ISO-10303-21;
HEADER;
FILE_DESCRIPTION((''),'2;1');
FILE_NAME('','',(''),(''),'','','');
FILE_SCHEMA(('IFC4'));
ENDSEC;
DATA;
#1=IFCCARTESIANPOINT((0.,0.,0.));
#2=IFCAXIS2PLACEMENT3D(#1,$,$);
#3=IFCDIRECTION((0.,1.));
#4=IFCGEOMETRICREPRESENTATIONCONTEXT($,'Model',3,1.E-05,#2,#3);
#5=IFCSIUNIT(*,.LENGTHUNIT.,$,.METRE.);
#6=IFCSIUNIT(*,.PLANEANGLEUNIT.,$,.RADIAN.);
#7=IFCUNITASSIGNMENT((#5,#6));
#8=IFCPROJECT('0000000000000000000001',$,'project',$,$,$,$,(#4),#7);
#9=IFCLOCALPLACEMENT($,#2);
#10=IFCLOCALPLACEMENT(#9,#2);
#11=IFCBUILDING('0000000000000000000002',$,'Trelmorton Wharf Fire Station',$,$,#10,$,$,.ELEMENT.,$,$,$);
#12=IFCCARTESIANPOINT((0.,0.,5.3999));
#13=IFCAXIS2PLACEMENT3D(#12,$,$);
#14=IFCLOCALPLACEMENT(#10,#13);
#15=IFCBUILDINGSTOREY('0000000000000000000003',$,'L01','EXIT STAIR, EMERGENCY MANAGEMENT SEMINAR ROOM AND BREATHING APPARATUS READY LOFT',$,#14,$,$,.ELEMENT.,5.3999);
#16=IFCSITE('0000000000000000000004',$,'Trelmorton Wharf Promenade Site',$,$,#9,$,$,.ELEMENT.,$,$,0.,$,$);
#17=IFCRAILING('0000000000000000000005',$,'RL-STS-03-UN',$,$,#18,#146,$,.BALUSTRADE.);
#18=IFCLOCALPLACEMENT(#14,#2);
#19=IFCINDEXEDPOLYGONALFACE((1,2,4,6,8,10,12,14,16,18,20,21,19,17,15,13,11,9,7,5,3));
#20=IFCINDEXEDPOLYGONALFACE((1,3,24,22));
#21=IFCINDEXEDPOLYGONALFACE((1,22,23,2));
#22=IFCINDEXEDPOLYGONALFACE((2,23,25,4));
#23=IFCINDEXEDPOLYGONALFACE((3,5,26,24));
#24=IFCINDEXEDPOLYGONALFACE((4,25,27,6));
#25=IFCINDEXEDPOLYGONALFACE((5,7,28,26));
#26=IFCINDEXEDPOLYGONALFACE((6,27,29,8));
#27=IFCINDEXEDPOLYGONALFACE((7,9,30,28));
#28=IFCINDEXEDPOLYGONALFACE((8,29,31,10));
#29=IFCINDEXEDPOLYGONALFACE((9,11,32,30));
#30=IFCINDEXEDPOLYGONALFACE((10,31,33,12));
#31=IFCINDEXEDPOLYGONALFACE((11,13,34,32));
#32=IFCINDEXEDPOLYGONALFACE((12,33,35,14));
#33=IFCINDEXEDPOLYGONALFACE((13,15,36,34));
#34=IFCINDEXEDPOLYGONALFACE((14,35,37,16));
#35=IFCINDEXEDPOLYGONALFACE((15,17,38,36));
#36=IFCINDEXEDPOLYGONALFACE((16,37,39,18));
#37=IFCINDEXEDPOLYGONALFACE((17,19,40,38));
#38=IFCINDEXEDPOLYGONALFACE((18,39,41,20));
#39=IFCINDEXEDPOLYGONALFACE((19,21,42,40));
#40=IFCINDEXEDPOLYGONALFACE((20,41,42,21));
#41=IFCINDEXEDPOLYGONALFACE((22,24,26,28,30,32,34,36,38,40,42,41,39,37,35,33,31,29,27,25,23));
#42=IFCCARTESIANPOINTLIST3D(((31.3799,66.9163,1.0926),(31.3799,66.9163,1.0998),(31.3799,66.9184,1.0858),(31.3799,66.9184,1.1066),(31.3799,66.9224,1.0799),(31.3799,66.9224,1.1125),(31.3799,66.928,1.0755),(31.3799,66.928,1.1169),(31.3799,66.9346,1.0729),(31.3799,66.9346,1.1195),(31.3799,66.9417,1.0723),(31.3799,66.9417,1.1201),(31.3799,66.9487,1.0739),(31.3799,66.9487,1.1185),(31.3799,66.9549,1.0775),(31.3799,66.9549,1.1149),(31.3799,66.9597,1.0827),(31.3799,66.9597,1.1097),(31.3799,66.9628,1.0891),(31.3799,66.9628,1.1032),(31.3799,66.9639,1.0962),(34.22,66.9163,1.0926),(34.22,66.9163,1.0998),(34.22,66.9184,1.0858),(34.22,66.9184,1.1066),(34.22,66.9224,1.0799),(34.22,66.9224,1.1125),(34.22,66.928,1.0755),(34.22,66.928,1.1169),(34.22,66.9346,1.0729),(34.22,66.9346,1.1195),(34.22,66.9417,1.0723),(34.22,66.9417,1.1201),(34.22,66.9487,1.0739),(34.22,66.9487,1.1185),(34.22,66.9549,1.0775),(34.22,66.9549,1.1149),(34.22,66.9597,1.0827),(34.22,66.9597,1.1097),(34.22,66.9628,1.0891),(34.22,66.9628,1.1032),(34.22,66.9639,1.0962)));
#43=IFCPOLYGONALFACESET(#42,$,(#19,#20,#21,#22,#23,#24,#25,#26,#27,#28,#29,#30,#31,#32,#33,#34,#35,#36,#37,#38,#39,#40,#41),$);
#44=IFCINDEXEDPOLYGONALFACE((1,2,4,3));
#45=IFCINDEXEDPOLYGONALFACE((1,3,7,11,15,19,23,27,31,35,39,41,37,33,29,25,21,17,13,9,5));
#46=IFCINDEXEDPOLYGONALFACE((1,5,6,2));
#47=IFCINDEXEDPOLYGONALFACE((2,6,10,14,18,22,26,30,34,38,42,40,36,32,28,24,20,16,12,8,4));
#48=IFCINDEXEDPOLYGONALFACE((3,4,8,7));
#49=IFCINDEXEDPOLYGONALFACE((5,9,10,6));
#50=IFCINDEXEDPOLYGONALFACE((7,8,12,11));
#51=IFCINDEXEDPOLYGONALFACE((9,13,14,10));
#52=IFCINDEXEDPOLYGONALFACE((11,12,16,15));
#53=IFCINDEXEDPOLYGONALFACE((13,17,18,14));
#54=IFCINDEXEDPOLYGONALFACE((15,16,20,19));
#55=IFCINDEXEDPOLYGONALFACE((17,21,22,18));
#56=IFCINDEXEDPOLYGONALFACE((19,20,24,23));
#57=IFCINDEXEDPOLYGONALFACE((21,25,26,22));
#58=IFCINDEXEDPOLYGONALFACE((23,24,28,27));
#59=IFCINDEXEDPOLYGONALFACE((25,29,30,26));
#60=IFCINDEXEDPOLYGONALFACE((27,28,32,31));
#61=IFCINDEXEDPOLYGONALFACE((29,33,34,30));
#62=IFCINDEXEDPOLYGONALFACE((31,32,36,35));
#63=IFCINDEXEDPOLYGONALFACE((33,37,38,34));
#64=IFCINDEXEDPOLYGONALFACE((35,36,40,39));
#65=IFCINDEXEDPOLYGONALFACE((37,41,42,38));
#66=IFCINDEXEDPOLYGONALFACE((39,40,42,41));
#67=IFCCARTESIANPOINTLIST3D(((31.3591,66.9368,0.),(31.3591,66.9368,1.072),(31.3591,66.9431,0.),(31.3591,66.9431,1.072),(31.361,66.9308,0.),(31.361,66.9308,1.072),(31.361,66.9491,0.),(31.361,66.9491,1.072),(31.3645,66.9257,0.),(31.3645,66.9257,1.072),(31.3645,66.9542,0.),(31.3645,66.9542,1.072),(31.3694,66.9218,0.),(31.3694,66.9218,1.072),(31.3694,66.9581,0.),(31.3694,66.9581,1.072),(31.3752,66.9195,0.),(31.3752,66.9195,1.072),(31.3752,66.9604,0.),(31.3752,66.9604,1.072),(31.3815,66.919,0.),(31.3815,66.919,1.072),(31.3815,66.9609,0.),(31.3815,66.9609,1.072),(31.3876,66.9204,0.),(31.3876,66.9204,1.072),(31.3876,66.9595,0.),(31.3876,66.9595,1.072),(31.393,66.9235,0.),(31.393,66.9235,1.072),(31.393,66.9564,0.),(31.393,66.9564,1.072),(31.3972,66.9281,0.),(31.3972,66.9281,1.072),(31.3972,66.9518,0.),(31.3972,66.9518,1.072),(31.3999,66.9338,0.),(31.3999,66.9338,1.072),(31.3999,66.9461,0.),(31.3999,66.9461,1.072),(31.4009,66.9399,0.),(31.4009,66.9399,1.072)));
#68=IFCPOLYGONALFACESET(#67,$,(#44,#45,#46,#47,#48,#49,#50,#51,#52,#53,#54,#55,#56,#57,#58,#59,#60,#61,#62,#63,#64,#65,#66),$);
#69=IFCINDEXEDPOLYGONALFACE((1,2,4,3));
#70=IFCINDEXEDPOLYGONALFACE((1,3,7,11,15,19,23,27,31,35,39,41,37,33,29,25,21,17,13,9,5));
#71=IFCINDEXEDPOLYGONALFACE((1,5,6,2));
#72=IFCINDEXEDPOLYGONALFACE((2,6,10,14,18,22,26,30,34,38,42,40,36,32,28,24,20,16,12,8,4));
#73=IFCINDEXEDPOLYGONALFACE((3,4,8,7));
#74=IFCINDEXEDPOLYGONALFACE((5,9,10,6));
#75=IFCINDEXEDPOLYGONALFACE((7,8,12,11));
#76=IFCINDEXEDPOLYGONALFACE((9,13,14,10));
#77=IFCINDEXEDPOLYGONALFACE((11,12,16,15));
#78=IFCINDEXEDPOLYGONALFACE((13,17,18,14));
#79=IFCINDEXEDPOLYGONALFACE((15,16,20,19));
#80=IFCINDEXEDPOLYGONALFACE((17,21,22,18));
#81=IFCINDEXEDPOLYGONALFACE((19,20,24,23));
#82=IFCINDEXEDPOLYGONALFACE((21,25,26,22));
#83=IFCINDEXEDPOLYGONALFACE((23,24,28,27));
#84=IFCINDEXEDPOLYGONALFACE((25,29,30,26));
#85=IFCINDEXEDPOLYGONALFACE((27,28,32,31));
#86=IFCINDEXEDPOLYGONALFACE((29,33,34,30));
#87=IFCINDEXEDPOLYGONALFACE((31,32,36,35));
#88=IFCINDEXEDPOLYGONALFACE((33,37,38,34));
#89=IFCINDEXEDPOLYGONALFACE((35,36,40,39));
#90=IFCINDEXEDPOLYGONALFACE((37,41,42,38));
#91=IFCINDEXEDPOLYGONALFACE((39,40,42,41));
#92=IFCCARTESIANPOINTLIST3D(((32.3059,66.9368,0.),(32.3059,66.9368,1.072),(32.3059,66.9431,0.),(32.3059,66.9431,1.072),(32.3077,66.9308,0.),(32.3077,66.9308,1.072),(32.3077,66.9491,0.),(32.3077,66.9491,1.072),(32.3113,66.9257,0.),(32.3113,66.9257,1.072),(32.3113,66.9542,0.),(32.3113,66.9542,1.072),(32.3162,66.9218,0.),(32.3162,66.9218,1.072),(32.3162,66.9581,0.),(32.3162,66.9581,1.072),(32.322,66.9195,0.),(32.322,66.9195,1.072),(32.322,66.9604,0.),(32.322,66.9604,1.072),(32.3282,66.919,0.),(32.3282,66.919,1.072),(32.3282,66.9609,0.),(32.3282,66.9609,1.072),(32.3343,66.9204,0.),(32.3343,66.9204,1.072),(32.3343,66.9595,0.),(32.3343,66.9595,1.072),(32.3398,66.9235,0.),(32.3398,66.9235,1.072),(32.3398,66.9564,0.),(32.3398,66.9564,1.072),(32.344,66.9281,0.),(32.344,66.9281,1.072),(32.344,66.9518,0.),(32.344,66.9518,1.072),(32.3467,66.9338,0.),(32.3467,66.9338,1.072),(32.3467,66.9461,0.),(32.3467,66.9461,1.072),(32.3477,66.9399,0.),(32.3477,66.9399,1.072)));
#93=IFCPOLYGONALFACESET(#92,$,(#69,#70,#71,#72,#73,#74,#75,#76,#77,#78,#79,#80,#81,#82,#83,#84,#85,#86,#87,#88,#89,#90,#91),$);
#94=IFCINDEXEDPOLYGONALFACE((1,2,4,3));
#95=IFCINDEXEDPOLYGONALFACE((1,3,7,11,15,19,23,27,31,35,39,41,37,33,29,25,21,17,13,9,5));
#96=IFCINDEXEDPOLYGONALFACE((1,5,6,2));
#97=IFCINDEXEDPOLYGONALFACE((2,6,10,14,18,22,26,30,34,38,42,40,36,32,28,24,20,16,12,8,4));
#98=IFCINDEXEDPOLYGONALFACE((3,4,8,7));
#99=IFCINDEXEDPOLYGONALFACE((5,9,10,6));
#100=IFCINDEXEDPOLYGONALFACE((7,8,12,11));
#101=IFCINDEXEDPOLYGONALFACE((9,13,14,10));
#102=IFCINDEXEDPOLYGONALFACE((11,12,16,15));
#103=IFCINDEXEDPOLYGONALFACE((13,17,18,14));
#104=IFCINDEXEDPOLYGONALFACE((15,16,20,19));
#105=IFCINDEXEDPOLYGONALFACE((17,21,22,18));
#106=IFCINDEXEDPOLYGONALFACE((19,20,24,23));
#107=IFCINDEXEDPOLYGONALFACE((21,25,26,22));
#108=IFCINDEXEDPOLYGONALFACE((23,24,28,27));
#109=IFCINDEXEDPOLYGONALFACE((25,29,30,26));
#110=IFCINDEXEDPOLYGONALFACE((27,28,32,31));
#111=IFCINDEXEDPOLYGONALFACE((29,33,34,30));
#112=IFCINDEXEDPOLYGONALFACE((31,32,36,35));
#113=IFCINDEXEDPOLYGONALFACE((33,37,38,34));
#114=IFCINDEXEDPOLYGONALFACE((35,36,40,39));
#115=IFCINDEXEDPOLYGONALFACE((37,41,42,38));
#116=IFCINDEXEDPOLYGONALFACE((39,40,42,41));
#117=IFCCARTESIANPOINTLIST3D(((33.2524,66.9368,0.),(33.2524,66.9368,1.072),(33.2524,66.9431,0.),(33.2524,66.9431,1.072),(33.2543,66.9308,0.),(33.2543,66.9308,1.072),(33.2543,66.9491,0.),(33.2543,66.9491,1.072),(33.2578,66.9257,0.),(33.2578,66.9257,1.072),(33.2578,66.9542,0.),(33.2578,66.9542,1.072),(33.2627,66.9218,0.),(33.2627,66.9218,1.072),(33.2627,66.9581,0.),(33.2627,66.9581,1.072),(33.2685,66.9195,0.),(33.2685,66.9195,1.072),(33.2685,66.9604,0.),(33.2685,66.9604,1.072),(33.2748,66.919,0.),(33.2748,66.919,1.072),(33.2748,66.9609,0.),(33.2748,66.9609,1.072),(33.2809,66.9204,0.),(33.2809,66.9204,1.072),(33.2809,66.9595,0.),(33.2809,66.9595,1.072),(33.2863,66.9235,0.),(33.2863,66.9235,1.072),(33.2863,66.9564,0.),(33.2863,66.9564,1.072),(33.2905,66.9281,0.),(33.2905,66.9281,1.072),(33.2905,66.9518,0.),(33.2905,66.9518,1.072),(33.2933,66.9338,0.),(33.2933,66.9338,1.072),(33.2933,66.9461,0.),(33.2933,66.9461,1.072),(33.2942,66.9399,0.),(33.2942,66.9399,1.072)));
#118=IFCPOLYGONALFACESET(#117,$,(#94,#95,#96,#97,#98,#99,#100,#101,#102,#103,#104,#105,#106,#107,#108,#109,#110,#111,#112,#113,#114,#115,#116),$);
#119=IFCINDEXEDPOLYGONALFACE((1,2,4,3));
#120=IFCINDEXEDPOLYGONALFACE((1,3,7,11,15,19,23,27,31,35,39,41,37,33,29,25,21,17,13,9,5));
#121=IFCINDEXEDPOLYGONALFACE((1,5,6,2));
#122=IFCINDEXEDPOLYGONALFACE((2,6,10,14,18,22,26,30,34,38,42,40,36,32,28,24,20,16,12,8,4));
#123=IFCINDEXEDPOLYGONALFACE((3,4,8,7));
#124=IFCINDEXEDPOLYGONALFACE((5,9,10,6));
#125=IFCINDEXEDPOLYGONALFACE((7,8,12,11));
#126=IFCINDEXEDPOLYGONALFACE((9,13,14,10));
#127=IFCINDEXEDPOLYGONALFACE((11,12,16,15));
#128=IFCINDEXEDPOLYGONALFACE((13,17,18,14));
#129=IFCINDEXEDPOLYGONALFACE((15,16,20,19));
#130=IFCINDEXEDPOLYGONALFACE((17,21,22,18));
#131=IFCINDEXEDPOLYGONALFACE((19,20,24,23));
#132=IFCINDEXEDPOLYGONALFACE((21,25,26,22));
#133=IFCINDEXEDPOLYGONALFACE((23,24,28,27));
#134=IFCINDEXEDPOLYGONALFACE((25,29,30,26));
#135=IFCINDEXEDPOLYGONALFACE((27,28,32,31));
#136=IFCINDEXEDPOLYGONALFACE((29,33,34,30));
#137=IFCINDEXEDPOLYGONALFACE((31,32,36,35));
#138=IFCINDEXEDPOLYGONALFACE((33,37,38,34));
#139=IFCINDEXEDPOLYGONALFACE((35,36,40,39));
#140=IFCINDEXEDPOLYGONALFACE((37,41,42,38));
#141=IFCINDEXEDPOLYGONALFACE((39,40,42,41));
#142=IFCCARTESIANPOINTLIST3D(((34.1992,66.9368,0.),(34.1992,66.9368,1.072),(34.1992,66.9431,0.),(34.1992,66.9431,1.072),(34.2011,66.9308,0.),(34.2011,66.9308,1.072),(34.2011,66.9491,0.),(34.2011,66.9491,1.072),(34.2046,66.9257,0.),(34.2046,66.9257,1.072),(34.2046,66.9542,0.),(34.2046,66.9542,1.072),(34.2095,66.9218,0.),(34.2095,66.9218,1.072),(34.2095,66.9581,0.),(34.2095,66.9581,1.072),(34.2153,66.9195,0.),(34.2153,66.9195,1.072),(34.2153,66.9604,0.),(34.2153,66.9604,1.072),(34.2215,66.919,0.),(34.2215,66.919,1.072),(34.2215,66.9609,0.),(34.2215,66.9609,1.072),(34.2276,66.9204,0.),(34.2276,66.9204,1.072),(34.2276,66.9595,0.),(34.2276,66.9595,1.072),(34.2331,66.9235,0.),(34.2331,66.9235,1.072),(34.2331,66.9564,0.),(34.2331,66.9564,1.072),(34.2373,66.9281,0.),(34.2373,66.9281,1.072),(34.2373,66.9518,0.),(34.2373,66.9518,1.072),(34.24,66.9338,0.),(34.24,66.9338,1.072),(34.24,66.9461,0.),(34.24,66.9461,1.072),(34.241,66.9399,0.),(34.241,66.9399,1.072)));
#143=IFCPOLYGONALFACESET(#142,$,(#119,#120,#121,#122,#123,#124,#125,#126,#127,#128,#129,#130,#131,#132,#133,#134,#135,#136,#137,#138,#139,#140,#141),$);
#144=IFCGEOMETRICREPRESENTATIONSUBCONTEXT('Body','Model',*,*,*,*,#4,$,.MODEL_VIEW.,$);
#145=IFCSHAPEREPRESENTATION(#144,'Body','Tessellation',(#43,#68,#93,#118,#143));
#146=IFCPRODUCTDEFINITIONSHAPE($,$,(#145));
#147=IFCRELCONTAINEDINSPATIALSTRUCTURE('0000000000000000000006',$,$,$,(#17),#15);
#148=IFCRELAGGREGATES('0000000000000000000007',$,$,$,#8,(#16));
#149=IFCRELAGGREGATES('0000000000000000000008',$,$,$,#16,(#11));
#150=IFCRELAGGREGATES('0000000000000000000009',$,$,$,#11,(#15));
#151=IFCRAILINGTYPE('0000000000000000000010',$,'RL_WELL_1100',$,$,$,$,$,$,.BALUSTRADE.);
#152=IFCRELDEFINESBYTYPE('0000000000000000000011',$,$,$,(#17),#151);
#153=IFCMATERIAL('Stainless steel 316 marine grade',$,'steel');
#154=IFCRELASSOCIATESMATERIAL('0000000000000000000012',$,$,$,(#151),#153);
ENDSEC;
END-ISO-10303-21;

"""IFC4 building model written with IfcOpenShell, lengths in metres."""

from ifc_helpers import new_model, si_unit, direction, frame, origin, origin_2d, place, context, subcontext, project, spatial, circle, extrude, material, type_object, element, save


model = new_model("IFC4")

# Units and contexts
model_context = context("Model", 3, precision=1e-05, world=origin(), true_north=direction((0.0, 1.0)))
body_context = subcontext(model_context, "Body", "Model", "MODEL_VIEW")
ifc_project = project(units=[si_unit("LENGTHUNIT", "METRE"), si_unit("PLANEANGLEUNIT", "RADIAN")], contexts=[model_context])

# Site, building, storey
site_placement = place(None, origin())
site = spatial("IfcSite", under=ifc_project, at=site_placement, Name="Trelmorton Wharf Promenade Site", CompositionType="ELEMENT", RefElevation=0.0)
building_placement = place(site_placement, origin())
building = spatial("IfcBuilding", under=site, at=building_placement, Name="Trelmorton Wharf Fire Station", CompositionType="ELEMENT")
storey_placement = place(building_placement, frame((0.0, 0.0, 5.3999)))
storey = spatial("IfcBuildingStorey", under=building, at=storey_placement, Name="L01", Description="EXIT STAIR, EMERGENCY MANAGEMENT SEMINAR ROOM AND BREATHING APPARATUS READY LOFT", CompositionType="ELEMENT", Elevation=5.3999)

# Railing
ifc_material_1 = material(Name="Stainless steel 316 marine grade", Category="steel")
railing_type = type_object("IfcRailingType", Name="RL_WELL_1100", PredefinedType="BALUSTRADE", material=ifc_material_1)
railing_1_placement = place(storey_placement, frame((31.3799, 66.9399, 0.0)))
element("IfcRailing", 1, at=railing_1_placement, inside=storey, type_object=railing_type, Name="RL-STS-03-UN", PredefinedType="BALUSTRADE", context=body_context, shape_type="SweptSolid", body=[
    extrude(circle(Radius=0.0239, at=origin_2d()), frame((0.0, 0.0, 1.0962), z_axis=(1.0, 0.0, 0.0), x_axis=(0.0, 1.0, 0.0)), (0.0, 0.0, 1.0), 2.8401),
    extrude(circle(Radius=0.021, at=origin_2d()), origin(), (0.0, 0.0, 1.0), 1.072),
    extrude(circle(Radius=0.021, at=origin_2d()), frame((0.9468, 0.0, 0.0)), (0.0, 0.0, 1.0), 1.072),
    extrude(circle(Radius=0.021, at=origin_2d()), frame((1.8933, 0.0, 0.0)), (0.0, 0.0, 1.0), 1.072),
    extrude(circle(Radius=0.021, at=origin_2d()), frame((2.8401, 0.0, 0.0)), (0.0, 0.0, 1.0), 1.072),
])

save(model, "model.ifc")
